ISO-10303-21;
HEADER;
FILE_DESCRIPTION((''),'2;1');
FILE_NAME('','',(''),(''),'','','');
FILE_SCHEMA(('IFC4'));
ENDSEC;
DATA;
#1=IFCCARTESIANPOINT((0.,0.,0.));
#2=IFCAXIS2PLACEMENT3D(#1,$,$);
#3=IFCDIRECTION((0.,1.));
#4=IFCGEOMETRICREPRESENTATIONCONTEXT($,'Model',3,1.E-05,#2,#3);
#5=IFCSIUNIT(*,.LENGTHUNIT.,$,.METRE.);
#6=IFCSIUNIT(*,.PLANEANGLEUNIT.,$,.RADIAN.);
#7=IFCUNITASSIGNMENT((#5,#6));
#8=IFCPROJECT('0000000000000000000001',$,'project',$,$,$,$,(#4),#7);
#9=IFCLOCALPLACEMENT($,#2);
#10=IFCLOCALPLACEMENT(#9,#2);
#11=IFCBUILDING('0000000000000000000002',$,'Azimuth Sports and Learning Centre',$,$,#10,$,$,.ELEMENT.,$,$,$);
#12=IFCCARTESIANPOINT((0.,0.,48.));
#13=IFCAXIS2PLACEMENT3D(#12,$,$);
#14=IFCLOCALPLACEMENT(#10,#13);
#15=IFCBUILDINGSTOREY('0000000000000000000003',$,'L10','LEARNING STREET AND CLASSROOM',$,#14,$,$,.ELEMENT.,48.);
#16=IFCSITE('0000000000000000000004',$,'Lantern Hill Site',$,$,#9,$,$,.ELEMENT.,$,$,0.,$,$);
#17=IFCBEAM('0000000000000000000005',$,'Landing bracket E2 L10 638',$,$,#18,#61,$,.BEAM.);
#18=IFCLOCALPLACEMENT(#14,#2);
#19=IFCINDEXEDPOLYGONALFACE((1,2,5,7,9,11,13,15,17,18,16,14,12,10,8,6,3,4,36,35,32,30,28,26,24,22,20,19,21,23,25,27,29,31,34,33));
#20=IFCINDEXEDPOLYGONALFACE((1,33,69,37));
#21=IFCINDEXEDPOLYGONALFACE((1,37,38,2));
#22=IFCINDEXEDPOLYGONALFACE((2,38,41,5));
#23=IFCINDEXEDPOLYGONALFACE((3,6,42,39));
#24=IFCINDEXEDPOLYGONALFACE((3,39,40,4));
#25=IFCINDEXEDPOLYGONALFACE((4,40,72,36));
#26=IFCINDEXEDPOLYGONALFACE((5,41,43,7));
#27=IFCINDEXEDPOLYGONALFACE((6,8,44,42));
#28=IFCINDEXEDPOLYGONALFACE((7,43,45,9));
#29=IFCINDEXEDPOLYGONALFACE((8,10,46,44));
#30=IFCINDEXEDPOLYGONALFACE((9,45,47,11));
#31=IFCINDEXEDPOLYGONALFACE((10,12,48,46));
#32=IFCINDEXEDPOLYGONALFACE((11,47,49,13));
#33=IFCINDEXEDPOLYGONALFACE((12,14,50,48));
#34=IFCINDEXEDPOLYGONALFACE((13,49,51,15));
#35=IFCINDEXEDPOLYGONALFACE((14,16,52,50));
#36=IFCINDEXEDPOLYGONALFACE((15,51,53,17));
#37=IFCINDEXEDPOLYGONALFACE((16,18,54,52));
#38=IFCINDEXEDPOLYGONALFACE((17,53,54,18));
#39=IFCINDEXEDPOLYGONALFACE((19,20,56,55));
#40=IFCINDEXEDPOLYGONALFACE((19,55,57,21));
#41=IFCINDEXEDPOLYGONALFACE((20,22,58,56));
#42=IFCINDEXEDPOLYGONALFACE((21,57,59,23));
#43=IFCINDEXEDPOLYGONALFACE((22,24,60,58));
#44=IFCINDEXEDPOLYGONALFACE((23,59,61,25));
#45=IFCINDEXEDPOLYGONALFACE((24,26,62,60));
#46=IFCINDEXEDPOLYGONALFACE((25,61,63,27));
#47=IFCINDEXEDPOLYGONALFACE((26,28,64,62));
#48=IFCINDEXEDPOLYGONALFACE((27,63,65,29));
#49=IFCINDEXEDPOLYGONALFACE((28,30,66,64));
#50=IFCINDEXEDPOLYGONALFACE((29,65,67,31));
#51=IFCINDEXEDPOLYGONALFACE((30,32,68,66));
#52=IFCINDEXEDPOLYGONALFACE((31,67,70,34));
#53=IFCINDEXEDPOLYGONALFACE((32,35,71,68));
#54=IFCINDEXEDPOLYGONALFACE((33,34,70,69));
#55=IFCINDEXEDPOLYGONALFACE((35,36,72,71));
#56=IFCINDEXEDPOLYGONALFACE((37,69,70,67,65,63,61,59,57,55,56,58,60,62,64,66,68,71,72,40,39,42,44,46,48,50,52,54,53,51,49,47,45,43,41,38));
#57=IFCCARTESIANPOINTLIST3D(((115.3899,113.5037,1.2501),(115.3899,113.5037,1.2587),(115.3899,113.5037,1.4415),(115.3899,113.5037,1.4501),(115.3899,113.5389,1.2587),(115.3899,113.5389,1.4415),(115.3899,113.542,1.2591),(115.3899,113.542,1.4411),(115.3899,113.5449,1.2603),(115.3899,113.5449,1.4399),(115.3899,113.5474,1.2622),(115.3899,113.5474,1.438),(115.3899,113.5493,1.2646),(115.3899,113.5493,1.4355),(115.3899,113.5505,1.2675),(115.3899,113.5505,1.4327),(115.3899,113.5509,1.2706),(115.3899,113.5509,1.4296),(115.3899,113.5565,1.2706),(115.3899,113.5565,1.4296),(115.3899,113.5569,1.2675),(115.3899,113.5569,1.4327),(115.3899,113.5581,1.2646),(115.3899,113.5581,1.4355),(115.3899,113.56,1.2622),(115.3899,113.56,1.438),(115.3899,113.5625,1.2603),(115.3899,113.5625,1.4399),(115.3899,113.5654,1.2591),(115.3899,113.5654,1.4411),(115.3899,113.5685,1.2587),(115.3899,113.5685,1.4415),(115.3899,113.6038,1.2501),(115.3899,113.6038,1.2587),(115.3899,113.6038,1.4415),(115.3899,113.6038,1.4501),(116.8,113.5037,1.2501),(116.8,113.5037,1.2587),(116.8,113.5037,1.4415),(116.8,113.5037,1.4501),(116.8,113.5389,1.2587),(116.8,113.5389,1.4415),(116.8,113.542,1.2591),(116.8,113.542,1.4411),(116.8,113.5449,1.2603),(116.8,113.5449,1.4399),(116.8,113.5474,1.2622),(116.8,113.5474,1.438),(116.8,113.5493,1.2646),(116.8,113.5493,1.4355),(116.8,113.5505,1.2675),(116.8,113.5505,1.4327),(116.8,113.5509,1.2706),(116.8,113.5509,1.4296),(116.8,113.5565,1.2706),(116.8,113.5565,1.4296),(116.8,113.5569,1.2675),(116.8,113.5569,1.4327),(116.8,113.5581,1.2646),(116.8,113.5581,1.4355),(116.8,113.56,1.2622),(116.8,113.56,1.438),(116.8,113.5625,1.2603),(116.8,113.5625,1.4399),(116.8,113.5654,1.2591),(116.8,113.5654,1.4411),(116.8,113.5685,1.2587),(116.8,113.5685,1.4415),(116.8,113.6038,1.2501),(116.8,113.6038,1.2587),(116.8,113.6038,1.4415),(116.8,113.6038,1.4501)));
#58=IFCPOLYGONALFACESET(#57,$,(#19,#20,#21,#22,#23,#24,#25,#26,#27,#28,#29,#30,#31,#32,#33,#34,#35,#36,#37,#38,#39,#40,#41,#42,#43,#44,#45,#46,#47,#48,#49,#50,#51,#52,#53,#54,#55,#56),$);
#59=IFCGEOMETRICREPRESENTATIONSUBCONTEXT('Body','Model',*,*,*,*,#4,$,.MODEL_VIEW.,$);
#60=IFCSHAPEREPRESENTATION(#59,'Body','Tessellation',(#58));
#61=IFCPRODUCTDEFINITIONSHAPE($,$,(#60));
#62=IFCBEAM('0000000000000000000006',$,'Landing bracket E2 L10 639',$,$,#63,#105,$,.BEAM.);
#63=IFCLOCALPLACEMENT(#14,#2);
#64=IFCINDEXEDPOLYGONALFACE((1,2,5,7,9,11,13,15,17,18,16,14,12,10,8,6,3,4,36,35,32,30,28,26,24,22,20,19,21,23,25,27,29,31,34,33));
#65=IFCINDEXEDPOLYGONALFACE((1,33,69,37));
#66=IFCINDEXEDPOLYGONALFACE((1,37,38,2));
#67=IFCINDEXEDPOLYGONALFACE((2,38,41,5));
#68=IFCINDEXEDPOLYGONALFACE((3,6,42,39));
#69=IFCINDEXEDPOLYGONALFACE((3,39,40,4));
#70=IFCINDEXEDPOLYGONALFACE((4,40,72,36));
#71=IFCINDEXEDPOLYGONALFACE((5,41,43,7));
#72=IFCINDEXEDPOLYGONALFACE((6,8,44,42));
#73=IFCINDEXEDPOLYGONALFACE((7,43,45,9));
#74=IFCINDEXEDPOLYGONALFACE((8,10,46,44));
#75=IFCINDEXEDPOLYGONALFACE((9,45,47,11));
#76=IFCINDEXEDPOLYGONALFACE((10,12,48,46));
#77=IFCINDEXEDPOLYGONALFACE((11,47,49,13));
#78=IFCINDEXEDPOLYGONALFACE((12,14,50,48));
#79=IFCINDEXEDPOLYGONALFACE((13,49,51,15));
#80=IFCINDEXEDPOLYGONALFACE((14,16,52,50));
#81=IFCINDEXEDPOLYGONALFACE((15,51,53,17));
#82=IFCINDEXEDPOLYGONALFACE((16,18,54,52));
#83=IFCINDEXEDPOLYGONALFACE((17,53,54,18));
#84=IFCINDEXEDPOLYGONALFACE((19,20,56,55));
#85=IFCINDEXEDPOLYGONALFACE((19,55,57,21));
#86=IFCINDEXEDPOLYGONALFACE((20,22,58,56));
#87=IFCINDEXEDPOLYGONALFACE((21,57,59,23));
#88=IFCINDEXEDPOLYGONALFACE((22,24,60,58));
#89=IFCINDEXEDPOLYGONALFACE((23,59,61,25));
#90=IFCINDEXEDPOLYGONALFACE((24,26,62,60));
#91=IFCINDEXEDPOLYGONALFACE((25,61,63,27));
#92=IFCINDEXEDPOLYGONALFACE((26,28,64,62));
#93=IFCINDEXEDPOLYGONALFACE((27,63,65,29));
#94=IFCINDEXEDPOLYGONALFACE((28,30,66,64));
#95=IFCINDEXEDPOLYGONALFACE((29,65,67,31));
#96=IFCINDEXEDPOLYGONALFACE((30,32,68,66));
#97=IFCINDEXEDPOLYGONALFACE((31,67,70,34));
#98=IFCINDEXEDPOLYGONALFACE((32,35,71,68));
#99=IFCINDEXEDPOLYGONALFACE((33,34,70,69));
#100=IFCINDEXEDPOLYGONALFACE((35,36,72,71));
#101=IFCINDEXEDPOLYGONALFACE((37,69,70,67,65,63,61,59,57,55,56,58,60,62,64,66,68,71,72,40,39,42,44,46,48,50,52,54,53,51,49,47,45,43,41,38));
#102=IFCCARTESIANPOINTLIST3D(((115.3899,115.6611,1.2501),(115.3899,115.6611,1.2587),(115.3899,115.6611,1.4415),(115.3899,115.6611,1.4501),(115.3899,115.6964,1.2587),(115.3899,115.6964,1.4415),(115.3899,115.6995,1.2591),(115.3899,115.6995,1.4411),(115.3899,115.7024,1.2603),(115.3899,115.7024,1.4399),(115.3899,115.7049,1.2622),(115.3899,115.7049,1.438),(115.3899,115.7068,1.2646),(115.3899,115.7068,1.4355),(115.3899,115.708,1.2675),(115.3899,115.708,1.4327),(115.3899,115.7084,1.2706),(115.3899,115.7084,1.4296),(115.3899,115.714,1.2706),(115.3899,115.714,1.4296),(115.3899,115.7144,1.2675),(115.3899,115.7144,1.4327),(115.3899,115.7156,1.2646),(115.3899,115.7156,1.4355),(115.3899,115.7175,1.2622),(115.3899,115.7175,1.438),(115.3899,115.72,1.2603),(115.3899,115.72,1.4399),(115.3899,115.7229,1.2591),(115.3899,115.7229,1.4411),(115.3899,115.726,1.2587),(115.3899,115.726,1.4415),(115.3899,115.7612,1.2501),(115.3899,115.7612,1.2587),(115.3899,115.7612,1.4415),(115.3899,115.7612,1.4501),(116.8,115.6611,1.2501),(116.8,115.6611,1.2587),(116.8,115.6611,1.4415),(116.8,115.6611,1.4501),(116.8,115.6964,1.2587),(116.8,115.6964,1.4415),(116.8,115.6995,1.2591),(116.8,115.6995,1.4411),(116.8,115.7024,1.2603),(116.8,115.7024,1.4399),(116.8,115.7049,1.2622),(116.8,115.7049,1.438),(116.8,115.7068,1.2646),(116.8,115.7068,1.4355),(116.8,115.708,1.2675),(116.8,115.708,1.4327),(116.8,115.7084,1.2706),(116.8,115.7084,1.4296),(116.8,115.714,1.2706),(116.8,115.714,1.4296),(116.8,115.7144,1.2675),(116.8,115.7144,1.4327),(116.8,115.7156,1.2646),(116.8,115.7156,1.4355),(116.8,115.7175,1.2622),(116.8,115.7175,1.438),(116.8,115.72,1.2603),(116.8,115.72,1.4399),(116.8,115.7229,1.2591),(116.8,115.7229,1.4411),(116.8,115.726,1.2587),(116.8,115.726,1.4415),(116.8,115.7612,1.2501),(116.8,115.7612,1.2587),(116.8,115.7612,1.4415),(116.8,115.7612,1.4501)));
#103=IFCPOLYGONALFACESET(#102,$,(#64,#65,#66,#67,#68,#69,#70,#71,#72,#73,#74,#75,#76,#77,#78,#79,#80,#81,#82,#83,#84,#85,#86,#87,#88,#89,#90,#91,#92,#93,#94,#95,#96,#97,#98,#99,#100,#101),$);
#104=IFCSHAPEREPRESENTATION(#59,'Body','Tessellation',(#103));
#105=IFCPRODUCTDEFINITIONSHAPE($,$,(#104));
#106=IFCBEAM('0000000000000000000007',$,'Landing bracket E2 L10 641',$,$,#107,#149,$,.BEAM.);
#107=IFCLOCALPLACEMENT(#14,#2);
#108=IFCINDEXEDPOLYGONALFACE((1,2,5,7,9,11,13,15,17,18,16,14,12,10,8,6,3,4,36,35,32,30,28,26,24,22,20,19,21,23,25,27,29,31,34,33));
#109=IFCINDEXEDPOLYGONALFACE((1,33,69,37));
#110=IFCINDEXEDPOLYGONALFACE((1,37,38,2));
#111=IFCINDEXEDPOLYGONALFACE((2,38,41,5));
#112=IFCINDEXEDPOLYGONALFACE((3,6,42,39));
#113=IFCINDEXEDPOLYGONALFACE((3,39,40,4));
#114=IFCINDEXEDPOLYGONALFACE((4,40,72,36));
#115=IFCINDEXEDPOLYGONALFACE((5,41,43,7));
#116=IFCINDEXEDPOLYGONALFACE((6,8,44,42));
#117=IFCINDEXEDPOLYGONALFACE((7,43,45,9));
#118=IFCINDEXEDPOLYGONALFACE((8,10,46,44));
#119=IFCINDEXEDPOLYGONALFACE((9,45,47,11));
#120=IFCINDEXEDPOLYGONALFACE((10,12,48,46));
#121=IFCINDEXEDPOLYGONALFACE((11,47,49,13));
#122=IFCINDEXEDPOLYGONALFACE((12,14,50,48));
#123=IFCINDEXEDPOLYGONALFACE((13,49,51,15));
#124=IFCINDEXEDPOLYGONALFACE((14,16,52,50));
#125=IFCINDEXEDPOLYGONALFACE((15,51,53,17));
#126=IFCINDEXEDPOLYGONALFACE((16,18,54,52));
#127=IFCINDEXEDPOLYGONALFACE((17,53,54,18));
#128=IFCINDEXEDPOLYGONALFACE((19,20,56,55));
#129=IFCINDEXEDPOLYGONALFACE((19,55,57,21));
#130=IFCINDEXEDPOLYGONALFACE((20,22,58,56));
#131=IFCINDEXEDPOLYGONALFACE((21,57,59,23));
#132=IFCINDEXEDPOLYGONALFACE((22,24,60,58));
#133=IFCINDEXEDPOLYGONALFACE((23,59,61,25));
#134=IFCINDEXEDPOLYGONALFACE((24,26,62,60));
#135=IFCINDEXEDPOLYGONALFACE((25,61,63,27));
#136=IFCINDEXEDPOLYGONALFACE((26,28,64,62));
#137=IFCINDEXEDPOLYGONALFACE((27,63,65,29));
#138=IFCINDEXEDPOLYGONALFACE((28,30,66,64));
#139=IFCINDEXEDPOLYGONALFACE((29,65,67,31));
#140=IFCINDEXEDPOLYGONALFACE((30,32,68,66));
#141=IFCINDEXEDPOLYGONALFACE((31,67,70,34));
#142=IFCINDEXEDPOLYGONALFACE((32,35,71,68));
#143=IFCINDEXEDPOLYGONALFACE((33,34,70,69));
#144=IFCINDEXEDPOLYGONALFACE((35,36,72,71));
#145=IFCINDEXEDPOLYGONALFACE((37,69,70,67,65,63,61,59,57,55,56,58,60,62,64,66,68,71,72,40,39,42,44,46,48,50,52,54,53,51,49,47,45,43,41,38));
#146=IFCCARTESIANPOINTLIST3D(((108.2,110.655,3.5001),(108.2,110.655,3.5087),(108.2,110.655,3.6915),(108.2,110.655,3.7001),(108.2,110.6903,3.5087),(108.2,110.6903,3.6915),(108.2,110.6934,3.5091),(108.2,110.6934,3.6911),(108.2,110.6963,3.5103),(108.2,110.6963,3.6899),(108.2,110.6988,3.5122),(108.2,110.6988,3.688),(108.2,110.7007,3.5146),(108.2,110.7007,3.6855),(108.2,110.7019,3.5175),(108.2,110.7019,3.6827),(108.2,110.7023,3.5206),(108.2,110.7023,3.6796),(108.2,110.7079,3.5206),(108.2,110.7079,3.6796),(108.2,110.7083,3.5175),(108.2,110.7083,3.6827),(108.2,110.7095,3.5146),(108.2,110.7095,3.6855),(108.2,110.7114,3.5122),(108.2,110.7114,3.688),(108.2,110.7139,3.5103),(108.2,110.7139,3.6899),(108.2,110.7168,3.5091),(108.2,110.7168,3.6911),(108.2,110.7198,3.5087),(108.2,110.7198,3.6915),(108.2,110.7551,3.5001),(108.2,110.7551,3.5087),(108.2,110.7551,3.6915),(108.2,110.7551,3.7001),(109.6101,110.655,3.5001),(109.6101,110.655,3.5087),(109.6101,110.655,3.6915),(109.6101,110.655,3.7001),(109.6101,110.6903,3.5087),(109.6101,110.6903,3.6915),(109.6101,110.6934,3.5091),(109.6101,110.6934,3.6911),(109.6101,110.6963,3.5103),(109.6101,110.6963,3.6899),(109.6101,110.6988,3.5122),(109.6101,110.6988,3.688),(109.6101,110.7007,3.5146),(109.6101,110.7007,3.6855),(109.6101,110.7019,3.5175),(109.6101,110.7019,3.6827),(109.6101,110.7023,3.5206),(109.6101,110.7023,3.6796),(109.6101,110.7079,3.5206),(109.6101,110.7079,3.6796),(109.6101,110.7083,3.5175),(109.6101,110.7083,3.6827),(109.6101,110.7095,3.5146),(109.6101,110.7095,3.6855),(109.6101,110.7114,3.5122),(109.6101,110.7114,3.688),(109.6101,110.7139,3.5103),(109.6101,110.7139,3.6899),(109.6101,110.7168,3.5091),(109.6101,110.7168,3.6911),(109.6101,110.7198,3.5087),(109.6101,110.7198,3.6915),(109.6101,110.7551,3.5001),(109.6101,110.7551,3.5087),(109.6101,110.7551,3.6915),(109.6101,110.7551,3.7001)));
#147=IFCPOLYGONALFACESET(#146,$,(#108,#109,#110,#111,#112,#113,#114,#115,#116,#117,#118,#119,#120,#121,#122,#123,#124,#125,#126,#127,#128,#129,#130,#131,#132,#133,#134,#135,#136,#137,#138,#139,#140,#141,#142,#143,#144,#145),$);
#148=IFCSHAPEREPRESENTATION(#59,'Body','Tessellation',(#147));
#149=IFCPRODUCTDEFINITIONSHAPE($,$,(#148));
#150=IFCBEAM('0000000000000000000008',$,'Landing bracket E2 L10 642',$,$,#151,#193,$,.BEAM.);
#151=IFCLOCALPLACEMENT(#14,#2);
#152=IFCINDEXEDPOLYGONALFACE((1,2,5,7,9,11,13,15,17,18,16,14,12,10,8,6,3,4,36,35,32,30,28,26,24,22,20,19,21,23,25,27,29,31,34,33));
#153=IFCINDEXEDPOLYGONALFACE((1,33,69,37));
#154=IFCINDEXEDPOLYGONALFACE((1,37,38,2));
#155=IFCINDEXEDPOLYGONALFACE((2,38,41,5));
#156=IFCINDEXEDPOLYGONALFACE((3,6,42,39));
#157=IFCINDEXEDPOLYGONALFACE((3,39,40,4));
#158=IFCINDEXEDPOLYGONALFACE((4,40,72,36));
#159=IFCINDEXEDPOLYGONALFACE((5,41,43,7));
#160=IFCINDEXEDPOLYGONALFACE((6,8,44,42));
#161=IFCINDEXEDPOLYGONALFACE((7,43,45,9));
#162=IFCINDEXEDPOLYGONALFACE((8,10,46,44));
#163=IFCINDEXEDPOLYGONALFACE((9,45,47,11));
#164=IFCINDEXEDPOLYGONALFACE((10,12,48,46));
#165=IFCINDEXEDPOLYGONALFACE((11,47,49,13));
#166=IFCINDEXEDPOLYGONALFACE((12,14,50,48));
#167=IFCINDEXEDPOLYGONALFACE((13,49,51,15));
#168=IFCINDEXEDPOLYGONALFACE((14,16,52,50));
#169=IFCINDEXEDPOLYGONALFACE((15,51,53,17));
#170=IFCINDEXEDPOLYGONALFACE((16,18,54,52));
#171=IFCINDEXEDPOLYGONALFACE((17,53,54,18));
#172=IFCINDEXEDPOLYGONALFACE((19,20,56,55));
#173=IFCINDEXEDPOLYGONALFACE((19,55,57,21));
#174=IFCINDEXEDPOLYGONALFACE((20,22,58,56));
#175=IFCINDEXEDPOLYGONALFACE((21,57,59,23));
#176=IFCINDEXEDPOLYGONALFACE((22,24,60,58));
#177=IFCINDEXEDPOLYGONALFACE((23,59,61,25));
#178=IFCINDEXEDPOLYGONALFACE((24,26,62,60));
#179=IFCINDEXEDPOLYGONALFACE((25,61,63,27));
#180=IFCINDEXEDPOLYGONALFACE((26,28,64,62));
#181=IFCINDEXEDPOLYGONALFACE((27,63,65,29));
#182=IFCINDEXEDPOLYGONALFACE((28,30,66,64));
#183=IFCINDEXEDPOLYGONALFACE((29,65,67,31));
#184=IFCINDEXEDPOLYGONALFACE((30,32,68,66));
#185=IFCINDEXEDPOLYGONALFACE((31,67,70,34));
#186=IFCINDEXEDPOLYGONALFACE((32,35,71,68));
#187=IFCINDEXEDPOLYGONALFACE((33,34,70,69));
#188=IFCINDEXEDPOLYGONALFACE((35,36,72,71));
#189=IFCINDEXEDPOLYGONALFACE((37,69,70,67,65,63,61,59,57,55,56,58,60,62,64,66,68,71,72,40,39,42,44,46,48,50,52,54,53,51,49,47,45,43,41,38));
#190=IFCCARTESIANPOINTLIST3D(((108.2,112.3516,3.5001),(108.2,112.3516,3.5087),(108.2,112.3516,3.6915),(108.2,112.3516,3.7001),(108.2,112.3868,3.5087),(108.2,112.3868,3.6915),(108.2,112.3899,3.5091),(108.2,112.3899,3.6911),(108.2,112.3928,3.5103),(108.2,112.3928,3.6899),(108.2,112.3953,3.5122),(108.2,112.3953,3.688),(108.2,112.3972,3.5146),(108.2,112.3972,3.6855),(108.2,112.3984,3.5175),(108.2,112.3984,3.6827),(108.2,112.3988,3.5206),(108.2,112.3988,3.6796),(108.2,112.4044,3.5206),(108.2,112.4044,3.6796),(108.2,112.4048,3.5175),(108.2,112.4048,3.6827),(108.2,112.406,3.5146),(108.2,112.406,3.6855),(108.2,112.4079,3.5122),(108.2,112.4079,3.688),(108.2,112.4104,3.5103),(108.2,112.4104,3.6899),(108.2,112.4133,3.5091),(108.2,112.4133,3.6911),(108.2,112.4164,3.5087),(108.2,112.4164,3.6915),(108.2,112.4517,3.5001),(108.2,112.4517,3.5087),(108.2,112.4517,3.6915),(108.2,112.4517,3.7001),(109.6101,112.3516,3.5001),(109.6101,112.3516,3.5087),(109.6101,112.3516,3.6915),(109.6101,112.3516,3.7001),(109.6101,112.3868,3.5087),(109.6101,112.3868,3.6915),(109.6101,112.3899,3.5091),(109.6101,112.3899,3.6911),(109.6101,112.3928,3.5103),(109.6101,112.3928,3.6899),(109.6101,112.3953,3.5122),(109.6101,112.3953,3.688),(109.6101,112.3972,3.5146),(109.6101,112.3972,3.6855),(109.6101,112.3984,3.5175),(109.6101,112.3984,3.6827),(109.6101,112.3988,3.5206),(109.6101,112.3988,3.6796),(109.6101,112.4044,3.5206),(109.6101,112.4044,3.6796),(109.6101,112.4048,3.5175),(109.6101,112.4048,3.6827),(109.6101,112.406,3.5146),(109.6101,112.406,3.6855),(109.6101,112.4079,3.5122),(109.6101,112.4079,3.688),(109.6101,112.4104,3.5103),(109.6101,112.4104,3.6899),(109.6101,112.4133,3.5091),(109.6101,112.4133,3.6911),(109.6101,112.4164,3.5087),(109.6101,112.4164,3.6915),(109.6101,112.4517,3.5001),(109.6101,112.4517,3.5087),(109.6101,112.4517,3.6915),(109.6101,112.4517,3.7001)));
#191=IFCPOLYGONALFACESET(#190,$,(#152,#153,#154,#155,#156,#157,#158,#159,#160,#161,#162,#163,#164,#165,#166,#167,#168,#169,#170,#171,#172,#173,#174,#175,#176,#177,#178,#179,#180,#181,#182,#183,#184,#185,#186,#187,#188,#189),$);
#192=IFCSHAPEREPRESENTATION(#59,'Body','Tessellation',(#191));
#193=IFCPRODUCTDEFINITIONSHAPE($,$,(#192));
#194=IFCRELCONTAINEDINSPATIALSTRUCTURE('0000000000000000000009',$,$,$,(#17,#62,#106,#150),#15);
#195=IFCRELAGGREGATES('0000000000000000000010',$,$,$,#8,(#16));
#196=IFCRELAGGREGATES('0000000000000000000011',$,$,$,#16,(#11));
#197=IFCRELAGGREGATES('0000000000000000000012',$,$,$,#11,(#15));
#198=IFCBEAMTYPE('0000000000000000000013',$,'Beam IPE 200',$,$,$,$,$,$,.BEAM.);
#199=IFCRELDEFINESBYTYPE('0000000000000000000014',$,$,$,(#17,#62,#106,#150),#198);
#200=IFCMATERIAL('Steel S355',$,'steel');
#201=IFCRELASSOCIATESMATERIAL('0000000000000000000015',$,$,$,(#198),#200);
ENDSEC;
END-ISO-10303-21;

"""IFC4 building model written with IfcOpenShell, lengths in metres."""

from ifc_helpers import new_model, si_unit, direction, frame, origin, origin_2d, place, context, subcontext, project, spatial, i_section, extrude, material, material_profile, profile_set, type_object, element, save


model = new_model("IFC4")

# Units and contexts
model_context = context("Model", 3, precision=1e-05, world=origin(), true_north=direction((0.0, 1.0)))
body_context = subcontext(model_context, "Body", "Model", "MODEL_VIEW")
ifc_project = project(units=[si_unit("LENGTHUNIT", "METRE"), si_unit("PLANEANGLEUNIT", "RADIAN")], contexts=[model_context])

# Site, building, storey
site_placement = place(None, origin())
site = spatial("IfcSite", under=ifc_project, at=site_placement, Name="Lantern Hill Site", CompositionType="ELEMENT", RefElevation=0.0)
building_placement = place(site_placement, origin())
building = spatial("IfcBuilding", under=site, at=building_placement, Name="Azimuth Sports and Learning Centre", CompositionType="ELEMENT")
storey_placement = place(building_placement, frame((0.0, 0.0, 48.0)))
storey = spatial("IfcBuildingStorey", under=building, at=storey_placement, Name="L10", Description="LEARNING STREET AND CLASSROOM", CompositionType="ELEMENT", Elevation=48.0)

# Beams
ifc_material_1 = material(Name="Steel S355", Category="steel")
ifc_material_profile_1 = material_profile(ifc_material_1, i_section(OverallWidth=0.1001, OverallDepth=0.2, WebThickness=0.0056, FlangeThickness=0.0085, FilletRadius=0.012, at=origin_2d()), Name="IPE 200")
ifc_profile_set_1 = profile_set([ifc_material_profile_1], Name="Steel S355")
beam_type_1 = type_object("IfcBeamType", Name="Beam IPE 200", PredefinedType="BEAM", material=ifc_profile_set_1)
for number, where, z_axis, x_axis, name in (
    (1, (116.8, 113.5537, 1.3501), (-1.0, 0.0, 0.0), (0.0, -1.0, 0.0), "Landing bracket E2 L10 638"),
    (2, (116.8, 115.7112, 1.3501), (-1.0, 0.0, 0.0), (0.0, -1.0, 0.0), "Landing bracket E2 L10 639"),
    (3, (108.2, 110.7051, 3.6001), (1.0, 0.0, 0.0), (0.0, 1.0, 0.0), "Landing bracket E2 L10 641"),
    (4, (108.2, 112.4016, 3.6001), (1.0, 0.0, 0.0), (0.0, 1.0, 0.0), "Landing bracket E2 L10 642"),
):
    element("IfcBeam", number, at=place(storey_placement, frame(where, z_axis=z_axis, x_axis=x_axis)), inside=storey, type_object=beam_type_1, Name=name, PredefinedType="BEAM", context=body_context, shape_type="SweptSolid", body=[
        extrude(i_section(OverallWidth=0.1001, OverallDepth=0.2, WebThickness=0.0056, FlangeThickness=0.0085, FilletRadius=0.012, at=origin_2d()), origin(), (0.0, 0.0, 1.0), 1.4102),
    ])

save(model, "model.ifc")
